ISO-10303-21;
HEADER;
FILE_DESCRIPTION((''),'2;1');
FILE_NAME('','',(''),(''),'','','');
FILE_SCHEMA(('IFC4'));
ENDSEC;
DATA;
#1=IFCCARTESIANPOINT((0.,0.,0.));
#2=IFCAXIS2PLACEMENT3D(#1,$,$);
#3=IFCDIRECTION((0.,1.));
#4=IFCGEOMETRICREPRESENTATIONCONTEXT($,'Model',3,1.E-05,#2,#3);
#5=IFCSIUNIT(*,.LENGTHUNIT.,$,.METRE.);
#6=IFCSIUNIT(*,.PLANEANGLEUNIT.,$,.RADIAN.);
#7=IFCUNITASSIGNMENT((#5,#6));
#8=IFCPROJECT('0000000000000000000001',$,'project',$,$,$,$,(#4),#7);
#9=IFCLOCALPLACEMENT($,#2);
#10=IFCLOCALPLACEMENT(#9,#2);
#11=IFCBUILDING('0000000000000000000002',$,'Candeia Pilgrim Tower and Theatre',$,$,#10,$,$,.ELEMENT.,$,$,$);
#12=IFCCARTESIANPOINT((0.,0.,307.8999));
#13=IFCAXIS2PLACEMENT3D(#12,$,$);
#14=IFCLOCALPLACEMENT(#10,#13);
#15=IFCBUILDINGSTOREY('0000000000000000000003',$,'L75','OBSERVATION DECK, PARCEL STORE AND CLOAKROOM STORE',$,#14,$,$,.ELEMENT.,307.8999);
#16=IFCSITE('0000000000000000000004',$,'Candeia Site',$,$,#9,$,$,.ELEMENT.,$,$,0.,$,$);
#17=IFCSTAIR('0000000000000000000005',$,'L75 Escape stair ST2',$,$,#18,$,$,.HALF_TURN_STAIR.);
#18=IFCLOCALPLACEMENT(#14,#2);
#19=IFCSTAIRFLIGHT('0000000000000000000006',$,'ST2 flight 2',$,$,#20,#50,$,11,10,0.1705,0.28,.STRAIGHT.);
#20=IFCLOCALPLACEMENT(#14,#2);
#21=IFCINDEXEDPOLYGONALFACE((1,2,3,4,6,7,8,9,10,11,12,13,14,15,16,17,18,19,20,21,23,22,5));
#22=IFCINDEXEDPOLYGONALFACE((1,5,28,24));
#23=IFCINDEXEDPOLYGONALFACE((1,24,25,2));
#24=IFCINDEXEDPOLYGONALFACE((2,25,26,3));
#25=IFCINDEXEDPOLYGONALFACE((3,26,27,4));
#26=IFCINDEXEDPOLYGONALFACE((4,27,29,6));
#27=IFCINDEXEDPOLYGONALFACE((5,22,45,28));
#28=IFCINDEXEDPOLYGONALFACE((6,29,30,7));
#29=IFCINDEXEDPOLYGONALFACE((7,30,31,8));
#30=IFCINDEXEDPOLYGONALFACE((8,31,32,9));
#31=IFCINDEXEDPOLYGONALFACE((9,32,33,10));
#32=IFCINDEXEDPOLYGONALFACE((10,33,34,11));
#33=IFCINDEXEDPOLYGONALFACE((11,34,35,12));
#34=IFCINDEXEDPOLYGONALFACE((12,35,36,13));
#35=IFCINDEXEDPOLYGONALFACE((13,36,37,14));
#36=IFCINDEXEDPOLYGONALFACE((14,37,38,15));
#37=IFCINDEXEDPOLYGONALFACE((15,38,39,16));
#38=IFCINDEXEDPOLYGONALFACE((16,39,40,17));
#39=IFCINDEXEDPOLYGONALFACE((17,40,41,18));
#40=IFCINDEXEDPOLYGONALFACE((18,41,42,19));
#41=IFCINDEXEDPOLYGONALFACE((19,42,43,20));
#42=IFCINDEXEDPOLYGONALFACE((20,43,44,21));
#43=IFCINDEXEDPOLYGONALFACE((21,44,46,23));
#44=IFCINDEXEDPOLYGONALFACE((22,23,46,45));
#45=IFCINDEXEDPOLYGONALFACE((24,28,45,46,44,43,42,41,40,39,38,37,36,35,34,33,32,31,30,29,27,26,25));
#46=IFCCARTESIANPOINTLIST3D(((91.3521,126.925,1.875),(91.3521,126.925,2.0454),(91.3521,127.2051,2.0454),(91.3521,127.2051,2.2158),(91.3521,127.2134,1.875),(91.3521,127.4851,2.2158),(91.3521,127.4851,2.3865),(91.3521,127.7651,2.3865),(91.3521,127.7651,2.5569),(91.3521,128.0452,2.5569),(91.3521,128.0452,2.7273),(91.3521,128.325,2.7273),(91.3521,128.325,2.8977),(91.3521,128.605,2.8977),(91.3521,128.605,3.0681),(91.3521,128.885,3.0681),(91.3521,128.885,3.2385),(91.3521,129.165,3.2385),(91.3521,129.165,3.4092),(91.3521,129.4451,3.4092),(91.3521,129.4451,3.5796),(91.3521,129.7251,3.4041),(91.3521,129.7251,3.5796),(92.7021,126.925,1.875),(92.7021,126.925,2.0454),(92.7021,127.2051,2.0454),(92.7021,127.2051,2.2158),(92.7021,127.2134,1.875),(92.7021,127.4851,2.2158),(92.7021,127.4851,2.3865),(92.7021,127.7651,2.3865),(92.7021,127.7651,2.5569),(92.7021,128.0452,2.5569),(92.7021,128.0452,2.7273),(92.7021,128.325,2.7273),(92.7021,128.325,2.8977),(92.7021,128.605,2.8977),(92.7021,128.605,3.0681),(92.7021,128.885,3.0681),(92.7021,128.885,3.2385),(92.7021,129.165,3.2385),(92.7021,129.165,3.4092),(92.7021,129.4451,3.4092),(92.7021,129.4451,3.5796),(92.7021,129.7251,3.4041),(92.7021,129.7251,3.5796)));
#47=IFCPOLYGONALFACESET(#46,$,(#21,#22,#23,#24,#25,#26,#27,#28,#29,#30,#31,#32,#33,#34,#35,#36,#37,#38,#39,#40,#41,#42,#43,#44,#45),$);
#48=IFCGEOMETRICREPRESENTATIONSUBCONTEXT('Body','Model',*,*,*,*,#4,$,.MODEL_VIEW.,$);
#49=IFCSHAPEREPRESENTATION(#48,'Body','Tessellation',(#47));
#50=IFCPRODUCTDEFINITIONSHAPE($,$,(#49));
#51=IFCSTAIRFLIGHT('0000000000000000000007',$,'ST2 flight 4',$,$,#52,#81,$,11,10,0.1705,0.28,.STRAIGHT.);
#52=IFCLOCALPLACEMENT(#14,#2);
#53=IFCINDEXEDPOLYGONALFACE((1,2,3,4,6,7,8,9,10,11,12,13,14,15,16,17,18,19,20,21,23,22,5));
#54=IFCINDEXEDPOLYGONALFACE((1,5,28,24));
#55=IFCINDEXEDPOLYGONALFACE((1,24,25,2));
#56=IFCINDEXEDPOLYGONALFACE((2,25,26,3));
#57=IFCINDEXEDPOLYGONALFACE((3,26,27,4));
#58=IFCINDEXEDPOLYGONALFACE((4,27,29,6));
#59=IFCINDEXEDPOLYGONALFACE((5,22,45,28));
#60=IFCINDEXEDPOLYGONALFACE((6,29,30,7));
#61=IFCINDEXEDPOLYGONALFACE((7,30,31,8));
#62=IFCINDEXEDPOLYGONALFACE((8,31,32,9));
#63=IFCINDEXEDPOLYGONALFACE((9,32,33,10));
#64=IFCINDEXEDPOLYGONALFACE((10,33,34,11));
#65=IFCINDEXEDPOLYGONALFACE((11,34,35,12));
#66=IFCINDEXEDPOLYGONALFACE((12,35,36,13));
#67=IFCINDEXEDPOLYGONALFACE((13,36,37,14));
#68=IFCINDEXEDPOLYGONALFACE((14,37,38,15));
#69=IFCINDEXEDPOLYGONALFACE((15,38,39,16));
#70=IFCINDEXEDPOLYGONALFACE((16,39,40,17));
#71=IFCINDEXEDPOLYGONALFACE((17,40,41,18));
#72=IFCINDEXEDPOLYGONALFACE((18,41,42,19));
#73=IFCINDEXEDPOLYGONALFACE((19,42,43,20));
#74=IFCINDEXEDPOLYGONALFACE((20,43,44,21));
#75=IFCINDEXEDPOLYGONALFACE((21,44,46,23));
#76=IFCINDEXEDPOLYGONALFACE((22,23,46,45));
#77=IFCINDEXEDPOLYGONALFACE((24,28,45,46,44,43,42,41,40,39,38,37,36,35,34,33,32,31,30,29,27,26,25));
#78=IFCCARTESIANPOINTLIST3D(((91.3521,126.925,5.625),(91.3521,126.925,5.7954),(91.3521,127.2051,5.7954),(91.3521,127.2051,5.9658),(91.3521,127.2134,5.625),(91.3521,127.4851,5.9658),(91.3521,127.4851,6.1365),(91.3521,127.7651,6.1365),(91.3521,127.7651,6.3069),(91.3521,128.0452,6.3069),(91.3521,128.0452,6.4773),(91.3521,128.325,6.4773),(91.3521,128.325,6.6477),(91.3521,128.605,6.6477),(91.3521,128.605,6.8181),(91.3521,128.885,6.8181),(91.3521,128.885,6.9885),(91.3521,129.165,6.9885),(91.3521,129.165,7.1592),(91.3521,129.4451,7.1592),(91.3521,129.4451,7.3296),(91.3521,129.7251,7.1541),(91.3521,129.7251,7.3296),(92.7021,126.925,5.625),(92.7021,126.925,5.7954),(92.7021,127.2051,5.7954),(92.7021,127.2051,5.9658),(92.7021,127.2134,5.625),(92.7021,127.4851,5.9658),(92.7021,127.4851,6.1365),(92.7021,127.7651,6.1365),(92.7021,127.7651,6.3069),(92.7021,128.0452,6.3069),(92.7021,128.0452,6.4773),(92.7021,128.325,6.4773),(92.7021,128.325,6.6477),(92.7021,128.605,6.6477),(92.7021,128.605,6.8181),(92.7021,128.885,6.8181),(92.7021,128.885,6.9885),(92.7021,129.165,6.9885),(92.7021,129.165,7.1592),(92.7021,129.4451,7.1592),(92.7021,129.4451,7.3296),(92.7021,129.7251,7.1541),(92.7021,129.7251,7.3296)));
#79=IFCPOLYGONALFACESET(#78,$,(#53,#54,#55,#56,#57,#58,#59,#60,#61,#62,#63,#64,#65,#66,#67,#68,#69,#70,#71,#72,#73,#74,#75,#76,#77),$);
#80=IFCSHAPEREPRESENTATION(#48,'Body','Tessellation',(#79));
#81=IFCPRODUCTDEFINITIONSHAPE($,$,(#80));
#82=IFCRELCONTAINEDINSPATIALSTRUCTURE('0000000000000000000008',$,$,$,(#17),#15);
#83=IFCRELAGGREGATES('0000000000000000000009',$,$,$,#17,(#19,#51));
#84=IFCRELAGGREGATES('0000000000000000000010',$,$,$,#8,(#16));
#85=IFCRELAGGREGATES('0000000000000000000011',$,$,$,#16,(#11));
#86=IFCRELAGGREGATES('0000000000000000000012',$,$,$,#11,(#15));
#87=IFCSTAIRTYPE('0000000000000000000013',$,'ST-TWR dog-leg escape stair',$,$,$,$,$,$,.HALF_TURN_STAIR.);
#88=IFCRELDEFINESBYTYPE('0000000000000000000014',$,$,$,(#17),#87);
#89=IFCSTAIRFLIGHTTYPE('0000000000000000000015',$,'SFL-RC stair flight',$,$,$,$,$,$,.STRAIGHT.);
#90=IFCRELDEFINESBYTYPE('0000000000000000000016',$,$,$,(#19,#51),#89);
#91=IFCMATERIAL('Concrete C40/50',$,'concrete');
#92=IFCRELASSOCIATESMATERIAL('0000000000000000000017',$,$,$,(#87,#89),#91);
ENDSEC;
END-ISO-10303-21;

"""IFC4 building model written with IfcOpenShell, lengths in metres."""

from ifc_helpers import new_model, si_unit, direction, frame, origin, place, context, subcontext, project, spatial, polyline, outline, extrude, material, type_object, element, aggregate, save


model = new_model("IFC4")

# Units and contexts
model_context = context("Model", 3, precision=1e-05, world=origin(), true_north=direction((0.0, 1.0)))
body_context = subcontext(model_context, "Body", "Model", "MODEL_VIEW")
ifc_project = project(units=[si_unit("LENGTHUNIT", "METRE"), si_unit("PLANEANGLEUNIT", "RADIAN")], contexts=[model_context])

# Site, building, storey
site_placement = place(None, origin())
site = spatial("IfcSite", under=ifc_project, at=site_placement, Name="Candeia Site", CompositionType="ELEMENT", RefElevation=0.0)
building_placement = place(site_placement, origin())
building = spatial("IfcBuilding", under=site, at=building_placement, Name="Candeia Pilgrim Tower and Theatre", CompositionType="ELEMENT")
storey_placement = place(building_placement, frame((0.0, 0.0, 307.8999)))
storey = spatial("IfcBuildingStorey", under=building, at=storey_placement, Name="L75", Description="OBSERVATION DECK, PARCEL STORE AND CLOAKROOM STORE", CompositionType="ELEMENT", Elevation=307.8999)

# Shared definitions
ifc_material_1 = material(Name="Concrete C40/50", Category="concrete")

# Stair, stair flights
stair_type = type_object("IfcStairType", Name="ST-TWR dog-leg escape stair", PredefinedType="HALF_TURN_STAIR", material=ifc_material_1)
stair_placement = place(storey_placement, origin())
stair = element("IfcStair", 1, at=stair_placement, inside=storey, type_object=stair_type, Name="L75 Escape stair ST2", PredefinedType="HALF_TURN_STAIR")
stair_flight_type = type_object("IfcStairFlightType", Name="SFL-RC stair flight", PredefinedType="STRAIGHT", material=ifc_material_1)
stair_flight_1_placement = place(storey_placement, frame((92.0271, 126.925, 1.875), z_axis=(0.0, 0.0, 1.0), x_axis=(0.0, 1.0, 0.0)))
stair_flight_1 = element("IfcStairFlight", 2, at=stair_flight_1_placement, type_object=stair_flight_type, Name="ST2 flight 2", NumberOfRisers=11, NumberOfTreads=10, PredefinedType="STRAIGHT", RiserHeight=0.1705, TreadLength=0.28, context=body_context, shape_type="SweptSolid", body=[
    extrude(outline(polyline([(0.0, 0.0), (0.0, 0.1704), (0.28, 0.1704), (0.28, 0.3408), (0.5601, 0.3408), (0.5601, 0.5115), (0.8401, 0.5115), (0.8401, 0.6819), (1.1201, 0.6819), (1.1201, 0.8523), (1.3999, 0.8523), (1.3999, 1.0227), (1.6799, 1.0227), (1.6799, 1.1931), (1.96, 1.1931), (1.96, 1.3635), (2.24, 1.3635), (2.24, 1.5342), (2.52, 1.5342), (2.52, 1.7046), (2.8, 1.7046), (2.8, 1.875), (2.8, 1.5291), (0.2883, 0.0), (0.0, 0.0)])), frame((0.0, 0.675, 0.0), z_axis=(0.0, -1.0, 0.0), x_axis=(1.0, 0.0, 0.0)), (0.0, 0.0, 1.0), 1.3501),
])
stair_flight_2_placement = place(storey_placement, frame((92.0271, 126.925, 5.625), z_axis=(0.0, 0.0, 1.0), x_axis=(0.0, 1.0, 0.0)))
stair_flight_2 = element("IfcStairFlight", 3, at=stair_flight_2_placement, type_object=stair_flight_type, Name="ST2 flight 4", NumberOfRisers=11, NumberOfTreads=10, PredefinedType="STRAIGHT", RiserHeight=0.1705, TreadLength=0.28, context=body_context, shape_type="SweptSolid", body=[
    extrude(outline(polyline([(0.0, 0.0), (0.0, 0.1704), (0.28, 0.1704), (0.28, 0.3408), (0.5601, 0.3408), (0.5601, 0.5115), (0.8401, 0.5115), (0.8401, 0.6819), (1.1201, 0.6819), (1.1201, 0.8523), (1.3999, 0.8523), (1.3999, 1.0227), (1.6799, 1.0227), (1.6799, 1.1931), (1.96, 1.1931), (1.96, 1.3635), (2.24, 1.3635), (2.24, 1.5342), (2.52, 1.5342), (2.52, 1.7046), (2.8, 1.7046), (2.8, 1.875), (2.8, 1.5291), (0.2883, 0.0), (0.0, 0.0)])), frame((0.0, 0.675, 0.0), z_axis=(0.0, -1.0, 0.0), x_axis=(1.0, 0.0, 0.0)), (0.0, 0.0, 1.0), 1.3501),
])
aggregate(stair, [stair_flight_1, stair_flight_2])

save(model, "model.ifc")
